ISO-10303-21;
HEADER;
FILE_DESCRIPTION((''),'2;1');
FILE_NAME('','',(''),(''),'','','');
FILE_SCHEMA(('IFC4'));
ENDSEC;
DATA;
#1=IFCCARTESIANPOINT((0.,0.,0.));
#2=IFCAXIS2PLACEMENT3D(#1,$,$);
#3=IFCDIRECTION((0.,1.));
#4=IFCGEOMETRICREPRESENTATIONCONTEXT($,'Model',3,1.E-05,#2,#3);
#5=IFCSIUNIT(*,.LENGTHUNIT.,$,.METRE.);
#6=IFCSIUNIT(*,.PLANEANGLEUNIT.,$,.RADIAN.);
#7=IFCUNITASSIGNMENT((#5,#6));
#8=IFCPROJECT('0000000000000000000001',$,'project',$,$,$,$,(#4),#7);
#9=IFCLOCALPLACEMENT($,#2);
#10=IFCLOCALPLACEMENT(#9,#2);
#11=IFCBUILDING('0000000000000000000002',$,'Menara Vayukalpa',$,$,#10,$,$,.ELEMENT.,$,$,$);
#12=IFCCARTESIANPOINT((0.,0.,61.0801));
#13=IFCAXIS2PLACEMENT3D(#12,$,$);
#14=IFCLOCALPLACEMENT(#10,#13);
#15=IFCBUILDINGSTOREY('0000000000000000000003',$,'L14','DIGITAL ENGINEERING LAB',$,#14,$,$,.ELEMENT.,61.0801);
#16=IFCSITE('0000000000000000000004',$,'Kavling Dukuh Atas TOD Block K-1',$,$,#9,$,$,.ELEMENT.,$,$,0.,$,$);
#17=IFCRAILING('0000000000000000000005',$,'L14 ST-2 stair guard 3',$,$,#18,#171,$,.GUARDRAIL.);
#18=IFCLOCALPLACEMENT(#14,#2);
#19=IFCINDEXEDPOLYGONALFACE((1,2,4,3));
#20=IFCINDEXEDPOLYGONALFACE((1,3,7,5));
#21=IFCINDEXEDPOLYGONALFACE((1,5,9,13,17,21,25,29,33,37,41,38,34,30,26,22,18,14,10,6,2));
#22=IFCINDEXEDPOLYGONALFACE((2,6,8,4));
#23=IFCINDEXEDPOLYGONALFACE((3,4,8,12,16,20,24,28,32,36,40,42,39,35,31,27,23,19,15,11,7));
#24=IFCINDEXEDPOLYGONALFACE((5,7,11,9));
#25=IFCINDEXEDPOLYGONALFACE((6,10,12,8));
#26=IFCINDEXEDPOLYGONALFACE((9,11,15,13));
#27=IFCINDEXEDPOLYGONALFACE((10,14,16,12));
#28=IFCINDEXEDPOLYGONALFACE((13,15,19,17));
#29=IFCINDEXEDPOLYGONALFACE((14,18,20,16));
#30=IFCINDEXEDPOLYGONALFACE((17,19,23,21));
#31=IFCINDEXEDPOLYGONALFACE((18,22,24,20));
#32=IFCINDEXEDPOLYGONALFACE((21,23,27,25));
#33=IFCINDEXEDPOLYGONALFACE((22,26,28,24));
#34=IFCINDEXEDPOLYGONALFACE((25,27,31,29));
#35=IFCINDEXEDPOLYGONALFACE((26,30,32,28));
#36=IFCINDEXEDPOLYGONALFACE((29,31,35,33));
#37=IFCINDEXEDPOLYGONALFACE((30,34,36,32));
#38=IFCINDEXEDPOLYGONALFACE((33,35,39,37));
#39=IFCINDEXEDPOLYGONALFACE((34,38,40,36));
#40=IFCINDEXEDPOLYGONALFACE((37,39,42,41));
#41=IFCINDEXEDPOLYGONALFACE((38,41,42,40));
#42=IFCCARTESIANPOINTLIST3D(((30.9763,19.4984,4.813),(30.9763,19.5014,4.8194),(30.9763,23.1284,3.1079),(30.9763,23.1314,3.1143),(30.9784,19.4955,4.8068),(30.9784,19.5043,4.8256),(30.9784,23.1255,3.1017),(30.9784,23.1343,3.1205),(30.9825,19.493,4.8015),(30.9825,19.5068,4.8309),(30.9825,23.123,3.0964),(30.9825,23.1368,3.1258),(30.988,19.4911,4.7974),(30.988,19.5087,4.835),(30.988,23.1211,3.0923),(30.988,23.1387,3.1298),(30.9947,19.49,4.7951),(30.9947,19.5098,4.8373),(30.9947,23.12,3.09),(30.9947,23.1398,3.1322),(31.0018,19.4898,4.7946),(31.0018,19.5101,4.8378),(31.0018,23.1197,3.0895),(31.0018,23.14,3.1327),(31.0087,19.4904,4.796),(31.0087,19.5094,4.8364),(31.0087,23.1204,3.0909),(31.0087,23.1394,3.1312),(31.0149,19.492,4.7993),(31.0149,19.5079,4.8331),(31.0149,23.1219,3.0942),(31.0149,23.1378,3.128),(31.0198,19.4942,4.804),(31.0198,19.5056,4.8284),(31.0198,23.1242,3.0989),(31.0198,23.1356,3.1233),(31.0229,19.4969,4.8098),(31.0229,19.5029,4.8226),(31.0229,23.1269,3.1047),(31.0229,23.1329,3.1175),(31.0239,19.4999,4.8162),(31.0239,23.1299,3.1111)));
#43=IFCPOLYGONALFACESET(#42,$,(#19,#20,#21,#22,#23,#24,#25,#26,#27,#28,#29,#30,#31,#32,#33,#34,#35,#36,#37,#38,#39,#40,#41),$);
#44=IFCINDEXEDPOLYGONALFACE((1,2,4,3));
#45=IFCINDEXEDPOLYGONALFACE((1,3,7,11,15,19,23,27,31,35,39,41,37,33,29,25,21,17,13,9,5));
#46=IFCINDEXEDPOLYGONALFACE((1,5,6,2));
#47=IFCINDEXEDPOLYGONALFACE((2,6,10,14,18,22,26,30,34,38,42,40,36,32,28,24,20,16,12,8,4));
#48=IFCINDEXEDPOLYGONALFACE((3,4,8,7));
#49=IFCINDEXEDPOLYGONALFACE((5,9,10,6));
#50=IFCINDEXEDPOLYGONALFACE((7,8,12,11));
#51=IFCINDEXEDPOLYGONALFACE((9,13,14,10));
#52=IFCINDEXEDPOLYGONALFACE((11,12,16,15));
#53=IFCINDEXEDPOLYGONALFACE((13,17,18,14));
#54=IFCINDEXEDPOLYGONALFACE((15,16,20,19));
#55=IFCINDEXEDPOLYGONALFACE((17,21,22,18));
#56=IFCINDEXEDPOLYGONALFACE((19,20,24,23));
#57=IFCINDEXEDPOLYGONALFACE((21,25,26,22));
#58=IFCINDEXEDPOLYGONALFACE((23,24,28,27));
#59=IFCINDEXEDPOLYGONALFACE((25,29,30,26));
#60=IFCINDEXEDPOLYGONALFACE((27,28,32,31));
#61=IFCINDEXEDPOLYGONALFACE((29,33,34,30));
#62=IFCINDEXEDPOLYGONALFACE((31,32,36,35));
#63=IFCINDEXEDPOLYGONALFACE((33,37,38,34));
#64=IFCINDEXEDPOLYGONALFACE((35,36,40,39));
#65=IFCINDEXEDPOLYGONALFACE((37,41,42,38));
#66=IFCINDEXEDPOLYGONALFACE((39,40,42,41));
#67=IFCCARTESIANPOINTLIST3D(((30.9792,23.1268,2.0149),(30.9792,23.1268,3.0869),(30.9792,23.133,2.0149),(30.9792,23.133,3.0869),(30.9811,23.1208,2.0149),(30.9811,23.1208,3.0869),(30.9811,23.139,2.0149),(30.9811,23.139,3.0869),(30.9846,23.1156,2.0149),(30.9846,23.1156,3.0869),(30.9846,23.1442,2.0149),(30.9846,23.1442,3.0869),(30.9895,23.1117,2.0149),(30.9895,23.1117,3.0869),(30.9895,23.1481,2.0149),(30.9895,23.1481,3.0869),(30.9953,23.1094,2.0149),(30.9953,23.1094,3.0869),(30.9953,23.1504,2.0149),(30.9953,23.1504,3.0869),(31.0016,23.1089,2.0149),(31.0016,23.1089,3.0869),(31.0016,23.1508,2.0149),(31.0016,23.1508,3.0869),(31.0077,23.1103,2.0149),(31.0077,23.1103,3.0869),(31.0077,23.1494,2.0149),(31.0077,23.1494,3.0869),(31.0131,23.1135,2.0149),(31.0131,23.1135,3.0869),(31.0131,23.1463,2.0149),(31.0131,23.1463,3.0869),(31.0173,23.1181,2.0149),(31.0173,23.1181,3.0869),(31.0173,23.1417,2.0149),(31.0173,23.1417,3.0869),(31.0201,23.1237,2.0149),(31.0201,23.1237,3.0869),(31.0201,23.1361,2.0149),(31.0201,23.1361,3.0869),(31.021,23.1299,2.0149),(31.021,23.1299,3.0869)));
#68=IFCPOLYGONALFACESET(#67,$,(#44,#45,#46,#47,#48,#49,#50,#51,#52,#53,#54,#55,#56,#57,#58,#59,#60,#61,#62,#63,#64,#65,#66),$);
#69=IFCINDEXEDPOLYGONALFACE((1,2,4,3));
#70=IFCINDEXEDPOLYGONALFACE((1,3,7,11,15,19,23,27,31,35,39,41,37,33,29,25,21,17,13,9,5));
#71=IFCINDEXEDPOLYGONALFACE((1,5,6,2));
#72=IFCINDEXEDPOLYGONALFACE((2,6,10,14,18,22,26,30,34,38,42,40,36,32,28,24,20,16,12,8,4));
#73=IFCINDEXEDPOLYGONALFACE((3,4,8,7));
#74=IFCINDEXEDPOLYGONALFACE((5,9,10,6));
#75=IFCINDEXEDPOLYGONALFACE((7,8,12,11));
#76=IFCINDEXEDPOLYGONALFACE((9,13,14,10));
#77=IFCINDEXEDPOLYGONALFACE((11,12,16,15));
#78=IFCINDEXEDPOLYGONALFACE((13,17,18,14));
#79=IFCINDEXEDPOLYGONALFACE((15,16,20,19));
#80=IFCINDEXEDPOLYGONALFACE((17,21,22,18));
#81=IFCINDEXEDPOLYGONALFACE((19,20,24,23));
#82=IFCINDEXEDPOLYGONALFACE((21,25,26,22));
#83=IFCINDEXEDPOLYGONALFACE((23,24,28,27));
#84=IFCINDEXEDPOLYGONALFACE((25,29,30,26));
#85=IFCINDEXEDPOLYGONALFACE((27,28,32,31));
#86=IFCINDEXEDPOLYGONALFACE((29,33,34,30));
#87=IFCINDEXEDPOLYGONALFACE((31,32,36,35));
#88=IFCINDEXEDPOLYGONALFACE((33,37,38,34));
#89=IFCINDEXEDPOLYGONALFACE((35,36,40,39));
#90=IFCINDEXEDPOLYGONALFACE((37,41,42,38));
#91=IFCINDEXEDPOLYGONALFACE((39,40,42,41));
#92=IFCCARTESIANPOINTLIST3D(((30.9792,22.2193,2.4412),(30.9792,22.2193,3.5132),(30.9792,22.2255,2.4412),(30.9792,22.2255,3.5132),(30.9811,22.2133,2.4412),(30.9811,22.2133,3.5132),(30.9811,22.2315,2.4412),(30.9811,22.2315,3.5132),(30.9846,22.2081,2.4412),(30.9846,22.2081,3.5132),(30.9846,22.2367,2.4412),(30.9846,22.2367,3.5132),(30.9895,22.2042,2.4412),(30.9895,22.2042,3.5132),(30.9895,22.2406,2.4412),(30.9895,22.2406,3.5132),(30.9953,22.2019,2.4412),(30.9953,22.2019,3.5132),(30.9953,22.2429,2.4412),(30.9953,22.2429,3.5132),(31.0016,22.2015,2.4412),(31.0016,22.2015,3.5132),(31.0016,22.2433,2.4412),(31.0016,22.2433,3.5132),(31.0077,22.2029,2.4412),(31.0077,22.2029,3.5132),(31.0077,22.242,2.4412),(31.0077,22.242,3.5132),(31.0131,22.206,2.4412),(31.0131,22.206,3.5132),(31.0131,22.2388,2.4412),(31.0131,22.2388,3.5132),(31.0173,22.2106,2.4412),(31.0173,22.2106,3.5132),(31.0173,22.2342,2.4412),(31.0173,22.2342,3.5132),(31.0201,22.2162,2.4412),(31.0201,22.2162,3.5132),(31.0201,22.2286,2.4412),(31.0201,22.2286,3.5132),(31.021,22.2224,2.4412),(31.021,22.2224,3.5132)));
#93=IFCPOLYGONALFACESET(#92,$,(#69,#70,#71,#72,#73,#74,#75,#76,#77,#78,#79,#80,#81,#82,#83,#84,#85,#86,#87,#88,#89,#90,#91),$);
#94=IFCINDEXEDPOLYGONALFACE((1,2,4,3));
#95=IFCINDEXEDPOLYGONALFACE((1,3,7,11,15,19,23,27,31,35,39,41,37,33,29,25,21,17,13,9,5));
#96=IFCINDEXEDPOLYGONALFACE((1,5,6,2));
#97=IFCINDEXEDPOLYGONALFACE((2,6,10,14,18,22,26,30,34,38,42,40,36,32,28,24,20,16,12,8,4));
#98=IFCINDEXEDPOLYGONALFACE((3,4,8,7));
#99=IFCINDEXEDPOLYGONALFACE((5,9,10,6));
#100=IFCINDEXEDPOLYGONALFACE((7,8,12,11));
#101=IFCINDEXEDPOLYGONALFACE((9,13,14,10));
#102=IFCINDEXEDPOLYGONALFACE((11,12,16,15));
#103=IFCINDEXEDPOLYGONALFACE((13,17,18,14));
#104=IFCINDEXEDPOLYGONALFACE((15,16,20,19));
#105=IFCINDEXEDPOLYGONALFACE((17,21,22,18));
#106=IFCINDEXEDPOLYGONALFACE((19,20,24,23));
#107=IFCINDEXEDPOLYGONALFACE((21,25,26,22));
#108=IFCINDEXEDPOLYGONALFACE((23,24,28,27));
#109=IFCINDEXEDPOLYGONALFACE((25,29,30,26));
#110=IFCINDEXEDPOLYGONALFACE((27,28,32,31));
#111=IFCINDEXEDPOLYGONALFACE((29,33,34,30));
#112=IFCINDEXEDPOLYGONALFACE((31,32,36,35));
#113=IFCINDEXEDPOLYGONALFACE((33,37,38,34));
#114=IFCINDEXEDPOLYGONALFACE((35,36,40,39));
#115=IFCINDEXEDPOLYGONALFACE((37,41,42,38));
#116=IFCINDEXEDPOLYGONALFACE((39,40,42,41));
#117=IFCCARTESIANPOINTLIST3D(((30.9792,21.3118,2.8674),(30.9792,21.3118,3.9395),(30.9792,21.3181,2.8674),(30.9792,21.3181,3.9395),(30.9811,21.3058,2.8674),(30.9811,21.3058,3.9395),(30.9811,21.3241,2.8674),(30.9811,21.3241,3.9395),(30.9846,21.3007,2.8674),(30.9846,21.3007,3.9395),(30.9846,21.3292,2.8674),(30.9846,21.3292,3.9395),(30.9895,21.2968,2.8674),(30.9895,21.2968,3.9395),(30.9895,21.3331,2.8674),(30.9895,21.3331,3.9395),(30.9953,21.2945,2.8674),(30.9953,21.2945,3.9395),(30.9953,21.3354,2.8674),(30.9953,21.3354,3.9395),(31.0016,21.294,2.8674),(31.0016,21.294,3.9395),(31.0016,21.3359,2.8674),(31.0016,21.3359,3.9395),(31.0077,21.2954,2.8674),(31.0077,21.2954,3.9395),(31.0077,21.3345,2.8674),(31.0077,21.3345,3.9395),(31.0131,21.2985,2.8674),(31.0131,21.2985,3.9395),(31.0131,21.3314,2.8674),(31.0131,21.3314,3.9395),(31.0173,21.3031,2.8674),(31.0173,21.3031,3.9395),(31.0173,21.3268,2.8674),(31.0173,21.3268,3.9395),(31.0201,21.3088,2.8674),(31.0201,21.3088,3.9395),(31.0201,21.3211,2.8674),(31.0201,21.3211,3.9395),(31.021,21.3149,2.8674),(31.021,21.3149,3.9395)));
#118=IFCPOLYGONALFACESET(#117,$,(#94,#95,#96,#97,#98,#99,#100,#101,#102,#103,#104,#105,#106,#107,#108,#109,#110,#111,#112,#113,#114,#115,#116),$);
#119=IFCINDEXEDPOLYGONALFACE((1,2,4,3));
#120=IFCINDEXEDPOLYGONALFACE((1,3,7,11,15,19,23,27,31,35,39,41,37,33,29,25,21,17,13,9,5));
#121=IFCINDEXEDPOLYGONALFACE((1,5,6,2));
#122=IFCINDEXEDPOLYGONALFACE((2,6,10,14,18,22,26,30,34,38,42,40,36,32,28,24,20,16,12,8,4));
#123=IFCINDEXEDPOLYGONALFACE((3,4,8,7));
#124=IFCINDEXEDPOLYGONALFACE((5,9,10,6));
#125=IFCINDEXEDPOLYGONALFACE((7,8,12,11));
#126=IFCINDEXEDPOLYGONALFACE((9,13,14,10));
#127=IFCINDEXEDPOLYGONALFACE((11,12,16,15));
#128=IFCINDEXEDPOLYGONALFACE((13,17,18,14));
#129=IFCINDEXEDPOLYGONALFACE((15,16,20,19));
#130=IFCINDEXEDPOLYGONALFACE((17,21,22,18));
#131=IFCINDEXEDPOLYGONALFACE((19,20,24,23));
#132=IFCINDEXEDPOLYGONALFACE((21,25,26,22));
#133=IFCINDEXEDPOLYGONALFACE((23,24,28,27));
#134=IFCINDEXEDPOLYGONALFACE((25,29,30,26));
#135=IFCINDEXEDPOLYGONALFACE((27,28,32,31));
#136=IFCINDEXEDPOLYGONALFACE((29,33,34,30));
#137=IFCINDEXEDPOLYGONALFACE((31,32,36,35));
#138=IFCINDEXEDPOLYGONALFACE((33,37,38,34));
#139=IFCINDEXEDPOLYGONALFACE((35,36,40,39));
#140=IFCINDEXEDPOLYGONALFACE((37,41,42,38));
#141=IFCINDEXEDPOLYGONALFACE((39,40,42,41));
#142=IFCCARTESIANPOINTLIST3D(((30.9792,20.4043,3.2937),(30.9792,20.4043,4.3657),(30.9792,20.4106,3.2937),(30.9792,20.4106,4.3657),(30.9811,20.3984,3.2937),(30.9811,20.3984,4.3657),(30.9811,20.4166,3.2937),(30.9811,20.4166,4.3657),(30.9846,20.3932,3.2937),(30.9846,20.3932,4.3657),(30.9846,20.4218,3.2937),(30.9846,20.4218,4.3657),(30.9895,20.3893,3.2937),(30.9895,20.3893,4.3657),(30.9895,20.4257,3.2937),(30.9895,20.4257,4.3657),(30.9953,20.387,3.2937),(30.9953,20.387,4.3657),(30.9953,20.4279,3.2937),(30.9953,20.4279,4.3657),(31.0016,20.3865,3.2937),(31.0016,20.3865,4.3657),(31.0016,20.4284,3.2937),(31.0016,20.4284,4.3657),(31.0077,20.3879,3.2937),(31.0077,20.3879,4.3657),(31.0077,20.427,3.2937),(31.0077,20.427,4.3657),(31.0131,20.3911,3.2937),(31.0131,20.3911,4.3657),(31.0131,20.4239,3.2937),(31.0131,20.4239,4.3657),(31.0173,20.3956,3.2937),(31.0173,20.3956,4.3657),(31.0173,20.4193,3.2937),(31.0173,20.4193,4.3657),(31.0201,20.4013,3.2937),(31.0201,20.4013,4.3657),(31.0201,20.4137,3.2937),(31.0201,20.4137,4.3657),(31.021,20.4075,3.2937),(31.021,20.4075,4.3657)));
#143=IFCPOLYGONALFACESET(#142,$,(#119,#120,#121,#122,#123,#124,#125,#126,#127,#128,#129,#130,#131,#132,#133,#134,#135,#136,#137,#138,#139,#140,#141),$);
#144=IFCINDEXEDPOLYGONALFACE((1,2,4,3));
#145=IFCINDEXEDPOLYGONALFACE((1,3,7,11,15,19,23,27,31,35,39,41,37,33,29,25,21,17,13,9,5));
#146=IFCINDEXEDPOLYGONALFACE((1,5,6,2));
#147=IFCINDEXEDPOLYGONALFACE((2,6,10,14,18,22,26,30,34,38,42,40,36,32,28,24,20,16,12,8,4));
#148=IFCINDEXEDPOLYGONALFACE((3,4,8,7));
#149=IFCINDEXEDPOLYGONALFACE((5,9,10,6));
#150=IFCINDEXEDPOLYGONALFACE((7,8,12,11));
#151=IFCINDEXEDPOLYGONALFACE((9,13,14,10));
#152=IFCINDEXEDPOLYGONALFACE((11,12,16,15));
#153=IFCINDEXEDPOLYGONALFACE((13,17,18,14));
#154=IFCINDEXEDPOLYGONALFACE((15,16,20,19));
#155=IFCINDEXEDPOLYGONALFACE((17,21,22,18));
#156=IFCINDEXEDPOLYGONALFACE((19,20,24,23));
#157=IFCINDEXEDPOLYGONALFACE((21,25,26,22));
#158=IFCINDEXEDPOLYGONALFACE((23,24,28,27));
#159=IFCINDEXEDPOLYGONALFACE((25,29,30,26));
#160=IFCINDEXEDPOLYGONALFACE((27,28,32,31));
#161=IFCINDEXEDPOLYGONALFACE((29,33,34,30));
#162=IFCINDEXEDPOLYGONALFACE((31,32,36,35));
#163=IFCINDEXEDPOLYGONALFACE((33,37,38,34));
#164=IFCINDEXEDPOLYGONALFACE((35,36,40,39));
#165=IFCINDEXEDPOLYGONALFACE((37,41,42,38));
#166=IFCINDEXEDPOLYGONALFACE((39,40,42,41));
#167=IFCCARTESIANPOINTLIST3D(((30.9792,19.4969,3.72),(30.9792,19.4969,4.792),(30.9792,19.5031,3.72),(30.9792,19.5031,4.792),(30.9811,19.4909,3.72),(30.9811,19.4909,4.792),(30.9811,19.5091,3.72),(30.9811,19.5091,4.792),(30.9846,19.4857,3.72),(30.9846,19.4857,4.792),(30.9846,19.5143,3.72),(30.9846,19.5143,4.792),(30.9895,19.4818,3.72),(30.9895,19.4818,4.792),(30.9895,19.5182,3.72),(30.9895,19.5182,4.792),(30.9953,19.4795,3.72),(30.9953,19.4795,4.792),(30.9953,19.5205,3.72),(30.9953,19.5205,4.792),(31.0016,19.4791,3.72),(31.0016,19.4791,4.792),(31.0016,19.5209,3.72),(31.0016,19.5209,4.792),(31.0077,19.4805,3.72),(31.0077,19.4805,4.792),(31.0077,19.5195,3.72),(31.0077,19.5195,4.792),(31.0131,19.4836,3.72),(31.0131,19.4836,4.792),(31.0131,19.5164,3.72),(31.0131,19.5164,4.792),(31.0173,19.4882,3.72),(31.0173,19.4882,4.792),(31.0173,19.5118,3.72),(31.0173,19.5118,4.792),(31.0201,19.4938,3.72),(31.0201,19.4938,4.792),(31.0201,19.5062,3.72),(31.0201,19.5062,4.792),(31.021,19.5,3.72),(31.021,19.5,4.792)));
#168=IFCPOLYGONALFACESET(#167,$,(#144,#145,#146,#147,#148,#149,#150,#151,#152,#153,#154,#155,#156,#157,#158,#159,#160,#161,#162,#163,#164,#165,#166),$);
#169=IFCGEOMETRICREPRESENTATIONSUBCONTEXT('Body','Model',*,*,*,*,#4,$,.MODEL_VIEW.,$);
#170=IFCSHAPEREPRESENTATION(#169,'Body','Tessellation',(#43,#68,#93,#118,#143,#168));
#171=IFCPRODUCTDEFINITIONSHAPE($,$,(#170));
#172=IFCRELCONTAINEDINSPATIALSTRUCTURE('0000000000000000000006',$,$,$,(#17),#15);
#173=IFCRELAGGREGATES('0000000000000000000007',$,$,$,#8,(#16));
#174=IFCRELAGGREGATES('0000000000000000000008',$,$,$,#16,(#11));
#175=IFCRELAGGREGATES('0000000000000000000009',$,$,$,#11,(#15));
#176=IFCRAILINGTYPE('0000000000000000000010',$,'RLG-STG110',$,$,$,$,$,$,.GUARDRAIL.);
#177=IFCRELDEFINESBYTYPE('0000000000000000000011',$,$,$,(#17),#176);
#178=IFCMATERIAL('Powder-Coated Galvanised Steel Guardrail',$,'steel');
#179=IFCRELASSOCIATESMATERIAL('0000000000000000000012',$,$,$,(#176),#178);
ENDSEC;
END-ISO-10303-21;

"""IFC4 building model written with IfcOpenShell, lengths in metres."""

from ifc_helpers import new_model, si_unit, direction, frame, origin, origin_2d, place, context, subcontext, project, spatial, circle, extrude, material, type_object, element, save


model = new_model("IFC4")

# Units and contexts
model_context = context("Model", 3, precision=1e-05, world=origin(), true_north=direction((0.0, 1.0)))
body_context = subcontext(model_context, "Body", "Model", "MODEL_VIEW")
ifc_project = project(units=[si_unit("LENGTHUNIT", "METRE"), si_unit("PLANEANGLEUNIT", "RADIAN")], contexts=[model_context])

# Site, building, storey
site_placement = place(None, origin())
site = spatial("IfcSite", under=ifc_project, at=site_placement, Name="Kavling Dukuh Atas TOD Block K-1", CompositionType="ELEMENT", RefElevation=0.0)
building_placement = place(site_placement, origin())
building = spatial("IfcBuilding", under=site, at=building_placement, Name="Menara Vayukalpa", CompositionType="ELEMENT")
storey_placement = place(building_placement, frame((0.0, 0.0, 61.0801)))
storey = spatial("IfcBuildingStorey", under=building, at=storey_placement, Name="L14", Description="DIGITAL ENGINEERING LAB", CompositionType="ELEMENT", Elevation=61.0801)

# Railing
ifc_material_1 = material(Name="Powder-Coated Galvanised Steel Guardrail", Category="steel")
railing_type_1 = type_object("IfcRailingType", Name="RLG-STG110", PredefinedType="GUARDRAIL", material=ifc_material_1)
railing_1_placement = place(storey_placement, frame((31.0, 23.1299, 2.0149)))
element("IfcRailing", 1, at=railing_1_placement, inside=storey, type_object=railing_type_1, Name="L14 ST-2 stair guard 3", PredefinedType="GUARDRAIL", context=body_context, shape_type="SweptSolid", body=[
    extrude(circle(Radius=0.0239, at=origin_2d()), frame((0.0, 0.0, 1.0962), z_axis=(0.0, -0.905116, 0.425164), x_axis=(1.0, 0.0, 0.0)), (0.0, 0.0, 1.0), 4.0105),
    extrude(circle(Radius=0.021, at=origin_2d()), origin(), (0.0, 0.0, 1.0), 1.072),
    extrude(circle(Radius=0.021, at=origin_2d()), frame((0.0, -0.9075, 0.4263)), (0.0, 0.0, 1.0), 1.072),
    extrude(circle(Radius=0.021, at=origin_2d()), frame((0.0, -1.8149, 0.8525)), (0.0, 0.0, 1.0), 1.072),
    extrude(circle(Radius=0.021, at=origin_2d()), frame((0.0, -2.7224, 1.2788)), (0.0, 0.0, 1.0), 1.072),
    extrude(circle(Radius=0.021, at=origin_2d()), frame((0.0, -3.6299, 1.7051)), (0.0, 0.0, 1.0), 1.072),
])

save(model, "model.ifc")
